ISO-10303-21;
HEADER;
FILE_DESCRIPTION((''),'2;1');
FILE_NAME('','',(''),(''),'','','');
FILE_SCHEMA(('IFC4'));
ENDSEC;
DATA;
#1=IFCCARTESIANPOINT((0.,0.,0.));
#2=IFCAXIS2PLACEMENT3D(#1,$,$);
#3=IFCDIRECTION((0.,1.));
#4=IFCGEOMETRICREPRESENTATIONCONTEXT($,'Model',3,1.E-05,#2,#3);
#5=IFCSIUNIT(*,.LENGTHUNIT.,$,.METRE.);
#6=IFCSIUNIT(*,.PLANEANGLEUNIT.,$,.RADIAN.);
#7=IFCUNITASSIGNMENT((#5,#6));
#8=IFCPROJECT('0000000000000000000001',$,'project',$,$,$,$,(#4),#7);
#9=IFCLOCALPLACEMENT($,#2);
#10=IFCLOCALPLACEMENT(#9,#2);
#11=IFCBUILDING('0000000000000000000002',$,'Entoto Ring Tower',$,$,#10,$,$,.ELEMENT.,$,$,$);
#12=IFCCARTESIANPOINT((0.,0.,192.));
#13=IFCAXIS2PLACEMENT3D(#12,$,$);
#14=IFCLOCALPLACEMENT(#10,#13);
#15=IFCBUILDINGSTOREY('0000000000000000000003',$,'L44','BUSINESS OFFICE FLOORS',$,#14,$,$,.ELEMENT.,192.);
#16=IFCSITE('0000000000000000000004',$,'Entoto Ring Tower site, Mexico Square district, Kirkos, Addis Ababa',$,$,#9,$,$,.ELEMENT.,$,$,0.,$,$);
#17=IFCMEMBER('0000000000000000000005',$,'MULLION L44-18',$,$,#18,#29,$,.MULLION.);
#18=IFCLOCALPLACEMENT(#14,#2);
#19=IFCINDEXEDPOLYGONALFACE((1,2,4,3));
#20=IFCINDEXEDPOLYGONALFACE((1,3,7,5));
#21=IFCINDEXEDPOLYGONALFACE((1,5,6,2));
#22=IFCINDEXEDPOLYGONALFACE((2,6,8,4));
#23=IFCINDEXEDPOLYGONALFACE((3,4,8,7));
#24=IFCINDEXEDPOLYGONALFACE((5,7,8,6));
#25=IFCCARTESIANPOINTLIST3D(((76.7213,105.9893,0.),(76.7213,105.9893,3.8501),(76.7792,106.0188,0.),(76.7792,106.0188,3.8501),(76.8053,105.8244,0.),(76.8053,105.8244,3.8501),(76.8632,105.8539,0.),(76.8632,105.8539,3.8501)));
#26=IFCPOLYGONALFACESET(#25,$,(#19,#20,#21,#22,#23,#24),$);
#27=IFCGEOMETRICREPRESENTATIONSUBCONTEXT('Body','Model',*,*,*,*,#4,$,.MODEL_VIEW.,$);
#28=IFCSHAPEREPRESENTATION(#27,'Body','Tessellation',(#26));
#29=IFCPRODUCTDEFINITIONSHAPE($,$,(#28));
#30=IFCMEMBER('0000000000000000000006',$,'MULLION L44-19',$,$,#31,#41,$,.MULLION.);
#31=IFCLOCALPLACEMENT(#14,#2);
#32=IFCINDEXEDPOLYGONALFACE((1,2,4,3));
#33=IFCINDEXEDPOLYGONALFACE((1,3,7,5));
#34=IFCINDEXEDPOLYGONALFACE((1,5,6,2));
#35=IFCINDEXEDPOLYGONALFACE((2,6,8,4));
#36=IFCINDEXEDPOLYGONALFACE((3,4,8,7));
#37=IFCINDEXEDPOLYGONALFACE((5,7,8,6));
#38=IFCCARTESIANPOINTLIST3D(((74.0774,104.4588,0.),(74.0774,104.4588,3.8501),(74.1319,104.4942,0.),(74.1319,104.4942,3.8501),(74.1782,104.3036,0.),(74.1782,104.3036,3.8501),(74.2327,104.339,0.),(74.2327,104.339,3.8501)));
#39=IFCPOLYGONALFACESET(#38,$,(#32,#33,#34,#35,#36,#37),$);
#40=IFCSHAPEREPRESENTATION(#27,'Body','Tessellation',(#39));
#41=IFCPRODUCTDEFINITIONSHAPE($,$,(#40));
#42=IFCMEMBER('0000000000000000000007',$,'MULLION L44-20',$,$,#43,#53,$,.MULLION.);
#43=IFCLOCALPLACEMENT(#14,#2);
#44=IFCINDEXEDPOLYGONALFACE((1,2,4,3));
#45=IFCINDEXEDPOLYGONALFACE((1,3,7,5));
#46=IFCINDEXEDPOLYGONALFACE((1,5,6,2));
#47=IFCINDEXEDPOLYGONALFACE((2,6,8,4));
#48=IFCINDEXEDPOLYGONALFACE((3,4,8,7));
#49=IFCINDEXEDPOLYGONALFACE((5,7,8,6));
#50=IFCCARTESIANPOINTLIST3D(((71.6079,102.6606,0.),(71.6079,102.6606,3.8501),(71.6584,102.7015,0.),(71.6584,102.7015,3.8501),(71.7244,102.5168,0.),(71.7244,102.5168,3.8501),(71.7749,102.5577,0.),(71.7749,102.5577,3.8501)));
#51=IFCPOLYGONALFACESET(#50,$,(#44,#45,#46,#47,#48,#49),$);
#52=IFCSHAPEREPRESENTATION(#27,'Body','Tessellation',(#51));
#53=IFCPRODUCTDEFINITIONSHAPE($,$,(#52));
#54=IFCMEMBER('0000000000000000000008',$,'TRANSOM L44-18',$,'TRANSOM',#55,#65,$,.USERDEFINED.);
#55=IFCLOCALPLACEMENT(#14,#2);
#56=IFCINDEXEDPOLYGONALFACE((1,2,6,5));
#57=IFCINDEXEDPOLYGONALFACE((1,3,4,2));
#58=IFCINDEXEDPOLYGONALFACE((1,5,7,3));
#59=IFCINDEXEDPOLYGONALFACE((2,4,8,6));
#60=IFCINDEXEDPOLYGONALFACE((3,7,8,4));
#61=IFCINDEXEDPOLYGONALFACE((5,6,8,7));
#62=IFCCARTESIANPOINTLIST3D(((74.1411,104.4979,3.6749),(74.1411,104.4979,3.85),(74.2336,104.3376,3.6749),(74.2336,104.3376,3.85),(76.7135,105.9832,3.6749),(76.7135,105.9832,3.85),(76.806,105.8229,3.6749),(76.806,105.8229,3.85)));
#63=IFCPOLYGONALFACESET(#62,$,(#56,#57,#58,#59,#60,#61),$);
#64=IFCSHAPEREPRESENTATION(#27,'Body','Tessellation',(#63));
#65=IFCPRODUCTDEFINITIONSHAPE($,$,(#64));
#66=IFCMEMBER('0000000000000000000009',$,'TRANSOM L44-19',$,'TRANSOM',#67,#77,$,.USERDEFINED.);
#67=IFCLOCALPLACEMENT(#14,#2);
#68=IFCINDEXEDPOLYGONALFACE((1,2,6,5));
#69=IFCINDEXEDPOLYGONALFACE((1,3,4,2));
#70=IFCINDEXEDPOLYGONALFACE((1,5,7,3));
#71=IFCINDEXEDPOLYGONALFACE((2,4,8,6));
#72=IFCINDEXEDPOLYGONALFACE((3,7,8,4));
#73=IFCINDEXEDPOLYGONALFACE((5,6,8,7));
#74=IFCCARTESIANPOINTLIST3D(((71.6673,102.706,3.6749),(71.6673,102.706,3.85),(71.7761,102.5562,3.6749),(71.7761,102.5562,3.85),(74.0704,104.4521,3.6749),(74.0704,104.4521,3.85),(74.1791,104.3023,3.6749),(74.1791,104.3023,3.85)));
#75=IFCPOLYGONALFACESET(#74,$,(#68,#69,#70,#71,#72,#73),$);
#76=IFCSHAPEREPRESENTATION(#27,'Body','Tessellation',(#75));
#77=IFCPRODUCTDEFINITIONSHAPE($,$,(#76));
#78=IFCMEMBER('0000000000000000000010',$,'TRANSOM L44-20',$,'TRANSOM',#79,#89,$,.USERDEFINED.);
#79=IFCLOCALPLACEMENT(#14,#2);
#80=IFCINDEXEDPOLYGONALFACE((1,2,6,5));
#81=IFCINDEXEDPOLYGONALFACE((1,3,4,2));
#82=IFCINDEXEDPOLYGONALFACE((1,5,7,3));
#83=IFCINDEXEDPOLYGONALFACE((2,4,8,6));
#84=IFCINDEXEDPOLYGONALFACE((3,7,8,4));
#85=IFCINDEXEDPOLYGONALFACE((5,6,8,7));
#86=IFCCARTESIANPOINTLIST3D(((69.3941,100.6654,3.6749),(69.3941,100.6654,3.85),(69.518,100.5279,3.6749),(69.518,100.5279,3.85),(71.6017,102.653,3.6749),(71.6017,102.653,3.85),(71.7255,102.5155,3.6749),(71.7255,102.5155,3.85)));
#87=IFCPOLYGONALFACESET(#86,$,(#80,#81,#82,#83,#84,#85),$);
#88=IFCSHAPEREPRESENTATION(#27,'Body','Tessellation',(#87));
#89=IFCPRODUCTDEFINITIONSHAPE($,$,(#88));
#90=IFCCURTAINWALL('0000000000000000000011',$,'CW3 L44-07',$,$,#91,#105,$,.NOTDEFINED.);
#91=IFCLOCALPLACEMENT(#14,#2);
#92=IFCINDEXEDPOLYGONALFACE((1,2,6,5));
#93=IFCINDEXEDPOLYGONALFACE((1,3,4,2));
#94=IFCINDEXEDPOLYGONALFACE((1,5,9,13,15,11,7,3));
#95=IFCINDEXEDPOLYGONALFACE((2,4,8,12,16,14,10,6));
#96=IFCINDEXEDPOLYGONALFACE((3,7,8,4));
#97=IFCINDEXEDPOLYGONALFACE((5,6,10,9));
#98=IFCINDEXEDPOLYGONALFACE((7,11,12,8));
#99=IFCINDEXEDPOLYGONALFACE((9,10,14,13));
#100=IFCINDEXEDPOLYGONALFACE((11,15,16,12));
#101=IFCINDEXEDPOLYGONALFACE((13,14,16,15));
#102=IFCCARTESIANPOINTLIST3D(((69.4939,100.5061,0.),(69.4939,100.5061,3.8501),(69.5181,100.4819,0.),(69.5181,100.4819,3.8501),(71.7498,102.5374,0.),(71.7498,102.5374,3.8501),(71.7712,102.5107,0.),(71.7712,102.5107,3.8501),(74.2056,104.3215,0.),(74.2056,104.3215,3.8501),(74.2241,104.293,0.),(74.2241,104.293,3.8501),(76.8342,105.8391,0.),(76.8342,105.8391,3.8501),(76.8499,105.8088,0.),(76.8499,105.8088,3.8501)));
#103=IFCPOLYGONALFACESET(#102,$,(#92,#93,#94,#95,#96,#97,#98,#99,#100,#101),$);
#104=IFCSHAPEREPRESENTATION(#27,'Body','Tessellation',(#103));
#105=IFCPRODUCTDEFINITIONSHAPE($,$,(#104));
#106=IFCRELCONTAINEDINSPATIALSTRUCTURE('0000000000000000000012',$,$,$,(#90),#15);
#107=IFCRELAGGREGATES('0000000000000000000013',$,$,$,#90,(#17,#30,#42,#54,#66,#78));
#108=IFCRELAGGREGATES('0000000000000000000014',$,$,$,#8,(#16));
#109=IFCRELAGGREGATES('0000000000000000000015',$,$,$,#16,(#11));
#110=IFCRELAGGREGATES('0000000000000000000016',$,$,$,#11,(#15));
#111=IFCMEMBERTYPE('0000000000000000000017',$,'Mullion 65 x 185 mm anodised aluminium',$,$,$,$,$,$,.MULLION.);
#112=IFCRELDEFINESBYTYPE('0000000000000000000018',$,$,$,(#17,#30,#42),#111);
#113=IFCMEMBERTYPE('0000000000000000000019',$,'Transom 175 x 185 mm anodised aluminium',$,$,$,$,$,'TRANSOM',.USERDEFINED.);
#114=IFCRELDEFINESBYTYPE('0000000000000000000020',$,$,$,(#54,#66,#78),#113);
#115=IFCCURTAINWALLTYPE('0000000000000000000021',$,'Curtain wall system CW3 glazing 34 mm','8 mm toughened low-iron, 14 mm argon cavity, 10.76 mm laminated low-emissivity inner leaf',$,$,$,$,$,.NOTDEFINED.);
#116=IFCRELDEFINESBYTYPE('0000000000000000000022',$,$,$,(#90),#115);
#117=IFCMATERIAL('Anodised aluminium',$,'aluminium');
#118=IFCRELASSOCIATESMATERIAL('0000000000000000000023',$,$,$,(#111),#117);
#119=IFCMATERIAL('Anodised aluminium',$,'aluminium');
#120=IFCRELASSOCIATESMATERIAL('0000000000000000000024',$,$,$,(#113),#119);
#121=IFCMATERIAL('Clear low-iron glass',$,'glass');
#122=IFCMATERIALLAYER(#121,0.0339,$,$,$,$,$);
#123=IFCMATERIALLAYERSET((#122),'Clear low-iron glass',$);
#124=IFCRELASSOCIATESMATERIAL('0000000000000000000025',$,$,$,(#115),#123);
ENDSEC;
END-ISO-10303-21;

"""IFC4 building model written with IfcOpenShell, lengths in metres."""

from ifc_helpers import new_model, si_unit, direction, frame, origin, origin_2d, place, context, subcontext, project, spatial, polyline, rectangle, outline, extrude, material, layer, layer_set, material_profile, profile_set, type_object, element, aggregate, save


model = new_model("IFC4")

# Units and contexts
model_context = context("Model", 3, precision=1e-05, world=origin(), true_north=direction((0.0, 1.0)))
body_context = subcontext(model_context, "Body", "Model", "MODEL_VIEW")
ifc_project = project(units=[si_unit("LENGTHUNIT", "METRE"), si_unit("PLANEANGLEUNIT", "RADIAN")], contexts=[model_context])

# Members
ifc_material_1 = material(Name="Anodised aluminium", Category="aluminium")
ifc_material_profile_1 = material_profile(ifc_material_1, rectangle(XDim=0.0649, YDim=0.1851, at=origin_2d()), Name="Mullion 65 x 185 mm anodised aluminium")
ifc_profile_set_1 = profile_set([ifc_material_profile_1], Name="Anodised aluminium")
member_type_1 = type_object("IfcMemberType", Name="Mullion 65 x 185 mm anodised aluminium", PredefinedType="MULLION", material=ifc_profile_set_1)
site_placement = place(None, origin())
building_placement = place(site_placement, origin())
storey_placement = place(building_placement, frame((0.0, 0.0, 192.0)))
member_1_placement = place(storey_placement, frame((76.7922, 105.9216, 0.0), z_axis=(0.0, 0.0, 1.0), x_axis=(-0.891007, -0.45399, 0.0)))
member_1 = element("IfcMember", 1, at=member_1_placement, type_object=member_type_1, Name="MULLION L44-18", PredefinedType="MULLION", context=body_context, shape_type="SweptSolid", body=[
    extrude(rectangle(XDim=0.0649, YDim=0.1851, at=origin_2d()), origin(), (0.0, 0.0, 1.0), 3.8501),
])
member_2_placement = place(storey_placement, frame((74.155, 104.3989, 0.0), z_axis=(0.0, 0.0, 1.0), x_axis=(-0.838671, -0.544639, 0.0)))
member_2 = element("IfcMember", 2, at=member_2_placement, type_object=member_type_1, Name="MULLION L44-19", PredefinedType="MULLION", context=body_context, shape_type="SweptSolid", body=[
    extrude(rectangle(XDim=0.0649, YDim=0.1851, at=origin_2d()), origin(), (0.0, 0.0, 1.0), 3.8501),
])
member_3_placement = place(storey_placement, frame((71.6914, 102.6091, 0.0), z_axis=(0.0, 0.0, 1.0), x_axis=(-0.777146, -0.62932, 0.0)))
member_3 = element("IfcMember", 3, at=member_3_placement, type_object=member_type_1, Name="MULLION L44-20", PredefinedType="MULLION", context=body_context, shape_type="SweptSolid", body=[
    extrude(rectangle(XDim=0.0649, YDim=0.1851, at=origin_2d()), origin(), (0.0, 0.0, 1.0), 3.8501),
])
ifc_material_2 = material(Name="Anodised aluminium", Category="aluminium")
ifc_material_profile_2 = material_profile(ifc_material_2, rectangle(XDim=0.1851, YDim=0.175, at=origin_2d()), Name="Transom 175 x 185 mm anodised aluminium")
ifc_profile_set_2 = profile_set([ifc_material_profile_2], Name="Anodised aluminium")
member_type_2 = type_object("IfcMemberType", Name="Transom 175 x 185 mm anodised aluminium", ElementType="TRANSOM", PredefinedType="USERDEFINED", material=ifc_profile_set_2)
member_4_placement = place(storey_placement, frame((76.7598, 105.9031, 3.7625), z_axis=(-0.866009, -0.500028, 0.0), x_axis=(0.500028, -0.866009, 0.0)))
member_4 = element("IfcMember", 4, at=member_4_placement, type_object=member_type_2, Name="TRANSOM L44-18", ObjectType="TRANSOM", PredefinedType="USERDEFINED", context=body_context, shape_type="SweptSolid", body=[
    extrude(rectangle(XDim=0.1851, YDim=0.175, at=origin_2d()), origin(), (0.0, 0.0, 1.0), 2.9705),
])
member_5_placement = place(storey_placement, frame((74.1248, 104.3772, 3.7625), z_axis=(-0.808992, -0.58782, 0.0), x_axis=(0.58782, -0.808992, 0.0)))
member_5 = element("IfcMember", 5, at=member_5_placement, type_object=member_type_2, Name="TRANSOM L44-19", ObjectType="TRANSOM", PredefinedType="USERDEFINED", context=body_context, shape_type="SweptSolid", body=[
    extrude(rectangle(XDim=0.1851, YDim=0.175, at=origin_2d()), origin(), (0.0, 0.0, 1.0), 2.9705),
])
member_6_placement = place(storey_placement, frame((71.6636, 102.5842, 3.7625), z_axis=(-0.743163, -0.66911, 0.0), x_axis=(0.66911, -0.743163, 0.0)))
member_6 = element("IfcMember", 6, at=member_6_placement, type_object=member_type_2, Name="TRANSOM L44-20", ObjectType="TRANSOM", PredefinedType="USERDEFINED", context=body_context, shape_type="SweptSolid", body=[
    extrude(rectangle(XDim=0.1851, YDim=0.175, at=origin_2d()), origin(), (0.0, 0.0, 1.0), 2.9705),
])

# Site, building, storey
site = spatial("IfcSite", under=ifc_project, at=site_placement, Name="Entoto Ring Tower site, Mexico Square district, Kirkos, Addis Ababa", CompositionType="ELEMENT", RefElevation=0.0)
building = spatial("IfcBuilding", under=site, at=building_placement, Name="Entoto Ring Tower", CompositionType="ELEMENT")
storey = spatial("IfcBuildingStorey", under=building, at=storey_placement, Name="L44", Description="BUSINESS OFFICE FLOORS", CompositionType="ELEMENT", Elevation=192.0)

# Curtain wall
ifc_material_3 = material(Name="Clear low-iron glass", Category="glass")
ifc_layer = layer(ifc_material_3, 0.0339)
ifc_layer_set = layer_set([ifc_layer], Name="Clear low-iron glass")
curtain_wall_type = type_object("IfcCurtainWallType", Name="Curtain wall system CW3 glazing 34 mm", Description="8 mm toughened low-iron, 14 mm argon cavity, 10.76 mm laminated low-emissivity inner leaf", PredefinedType="NOTDEFINED", material=ifc_layer_set)
curtain_wall_1_placement = place(storey_placement, origin())
curtain_wall_1 = element("IfcCurtainWall", 7, at=curtain_wall_1_placement, inside=storey, type_object=curtain_wall_type, Name="CW3 L44-07", PredefinedType="NOTDEFINED", context=body_context, shape_type="SweptSolid", body=[
    extrude(outline(polyline([(76.8342, 105.8391), (74.2056, 104.3215), (71.7498, 102.5374), (69.4939, 100.5061), (69.5181, 100.4819), (71.7712, 102.5107), (74.2241, 104.293), (76.8499, 105.8088), (76.8342, 105.8391)])), origin(), (0.0, 0.0, 1.0), 3.8501),
])
aggregate(curtain_wall_1, [member_1, member_2, member_3, member_4, member_5, member_6])

save(model, "model.ifc")
